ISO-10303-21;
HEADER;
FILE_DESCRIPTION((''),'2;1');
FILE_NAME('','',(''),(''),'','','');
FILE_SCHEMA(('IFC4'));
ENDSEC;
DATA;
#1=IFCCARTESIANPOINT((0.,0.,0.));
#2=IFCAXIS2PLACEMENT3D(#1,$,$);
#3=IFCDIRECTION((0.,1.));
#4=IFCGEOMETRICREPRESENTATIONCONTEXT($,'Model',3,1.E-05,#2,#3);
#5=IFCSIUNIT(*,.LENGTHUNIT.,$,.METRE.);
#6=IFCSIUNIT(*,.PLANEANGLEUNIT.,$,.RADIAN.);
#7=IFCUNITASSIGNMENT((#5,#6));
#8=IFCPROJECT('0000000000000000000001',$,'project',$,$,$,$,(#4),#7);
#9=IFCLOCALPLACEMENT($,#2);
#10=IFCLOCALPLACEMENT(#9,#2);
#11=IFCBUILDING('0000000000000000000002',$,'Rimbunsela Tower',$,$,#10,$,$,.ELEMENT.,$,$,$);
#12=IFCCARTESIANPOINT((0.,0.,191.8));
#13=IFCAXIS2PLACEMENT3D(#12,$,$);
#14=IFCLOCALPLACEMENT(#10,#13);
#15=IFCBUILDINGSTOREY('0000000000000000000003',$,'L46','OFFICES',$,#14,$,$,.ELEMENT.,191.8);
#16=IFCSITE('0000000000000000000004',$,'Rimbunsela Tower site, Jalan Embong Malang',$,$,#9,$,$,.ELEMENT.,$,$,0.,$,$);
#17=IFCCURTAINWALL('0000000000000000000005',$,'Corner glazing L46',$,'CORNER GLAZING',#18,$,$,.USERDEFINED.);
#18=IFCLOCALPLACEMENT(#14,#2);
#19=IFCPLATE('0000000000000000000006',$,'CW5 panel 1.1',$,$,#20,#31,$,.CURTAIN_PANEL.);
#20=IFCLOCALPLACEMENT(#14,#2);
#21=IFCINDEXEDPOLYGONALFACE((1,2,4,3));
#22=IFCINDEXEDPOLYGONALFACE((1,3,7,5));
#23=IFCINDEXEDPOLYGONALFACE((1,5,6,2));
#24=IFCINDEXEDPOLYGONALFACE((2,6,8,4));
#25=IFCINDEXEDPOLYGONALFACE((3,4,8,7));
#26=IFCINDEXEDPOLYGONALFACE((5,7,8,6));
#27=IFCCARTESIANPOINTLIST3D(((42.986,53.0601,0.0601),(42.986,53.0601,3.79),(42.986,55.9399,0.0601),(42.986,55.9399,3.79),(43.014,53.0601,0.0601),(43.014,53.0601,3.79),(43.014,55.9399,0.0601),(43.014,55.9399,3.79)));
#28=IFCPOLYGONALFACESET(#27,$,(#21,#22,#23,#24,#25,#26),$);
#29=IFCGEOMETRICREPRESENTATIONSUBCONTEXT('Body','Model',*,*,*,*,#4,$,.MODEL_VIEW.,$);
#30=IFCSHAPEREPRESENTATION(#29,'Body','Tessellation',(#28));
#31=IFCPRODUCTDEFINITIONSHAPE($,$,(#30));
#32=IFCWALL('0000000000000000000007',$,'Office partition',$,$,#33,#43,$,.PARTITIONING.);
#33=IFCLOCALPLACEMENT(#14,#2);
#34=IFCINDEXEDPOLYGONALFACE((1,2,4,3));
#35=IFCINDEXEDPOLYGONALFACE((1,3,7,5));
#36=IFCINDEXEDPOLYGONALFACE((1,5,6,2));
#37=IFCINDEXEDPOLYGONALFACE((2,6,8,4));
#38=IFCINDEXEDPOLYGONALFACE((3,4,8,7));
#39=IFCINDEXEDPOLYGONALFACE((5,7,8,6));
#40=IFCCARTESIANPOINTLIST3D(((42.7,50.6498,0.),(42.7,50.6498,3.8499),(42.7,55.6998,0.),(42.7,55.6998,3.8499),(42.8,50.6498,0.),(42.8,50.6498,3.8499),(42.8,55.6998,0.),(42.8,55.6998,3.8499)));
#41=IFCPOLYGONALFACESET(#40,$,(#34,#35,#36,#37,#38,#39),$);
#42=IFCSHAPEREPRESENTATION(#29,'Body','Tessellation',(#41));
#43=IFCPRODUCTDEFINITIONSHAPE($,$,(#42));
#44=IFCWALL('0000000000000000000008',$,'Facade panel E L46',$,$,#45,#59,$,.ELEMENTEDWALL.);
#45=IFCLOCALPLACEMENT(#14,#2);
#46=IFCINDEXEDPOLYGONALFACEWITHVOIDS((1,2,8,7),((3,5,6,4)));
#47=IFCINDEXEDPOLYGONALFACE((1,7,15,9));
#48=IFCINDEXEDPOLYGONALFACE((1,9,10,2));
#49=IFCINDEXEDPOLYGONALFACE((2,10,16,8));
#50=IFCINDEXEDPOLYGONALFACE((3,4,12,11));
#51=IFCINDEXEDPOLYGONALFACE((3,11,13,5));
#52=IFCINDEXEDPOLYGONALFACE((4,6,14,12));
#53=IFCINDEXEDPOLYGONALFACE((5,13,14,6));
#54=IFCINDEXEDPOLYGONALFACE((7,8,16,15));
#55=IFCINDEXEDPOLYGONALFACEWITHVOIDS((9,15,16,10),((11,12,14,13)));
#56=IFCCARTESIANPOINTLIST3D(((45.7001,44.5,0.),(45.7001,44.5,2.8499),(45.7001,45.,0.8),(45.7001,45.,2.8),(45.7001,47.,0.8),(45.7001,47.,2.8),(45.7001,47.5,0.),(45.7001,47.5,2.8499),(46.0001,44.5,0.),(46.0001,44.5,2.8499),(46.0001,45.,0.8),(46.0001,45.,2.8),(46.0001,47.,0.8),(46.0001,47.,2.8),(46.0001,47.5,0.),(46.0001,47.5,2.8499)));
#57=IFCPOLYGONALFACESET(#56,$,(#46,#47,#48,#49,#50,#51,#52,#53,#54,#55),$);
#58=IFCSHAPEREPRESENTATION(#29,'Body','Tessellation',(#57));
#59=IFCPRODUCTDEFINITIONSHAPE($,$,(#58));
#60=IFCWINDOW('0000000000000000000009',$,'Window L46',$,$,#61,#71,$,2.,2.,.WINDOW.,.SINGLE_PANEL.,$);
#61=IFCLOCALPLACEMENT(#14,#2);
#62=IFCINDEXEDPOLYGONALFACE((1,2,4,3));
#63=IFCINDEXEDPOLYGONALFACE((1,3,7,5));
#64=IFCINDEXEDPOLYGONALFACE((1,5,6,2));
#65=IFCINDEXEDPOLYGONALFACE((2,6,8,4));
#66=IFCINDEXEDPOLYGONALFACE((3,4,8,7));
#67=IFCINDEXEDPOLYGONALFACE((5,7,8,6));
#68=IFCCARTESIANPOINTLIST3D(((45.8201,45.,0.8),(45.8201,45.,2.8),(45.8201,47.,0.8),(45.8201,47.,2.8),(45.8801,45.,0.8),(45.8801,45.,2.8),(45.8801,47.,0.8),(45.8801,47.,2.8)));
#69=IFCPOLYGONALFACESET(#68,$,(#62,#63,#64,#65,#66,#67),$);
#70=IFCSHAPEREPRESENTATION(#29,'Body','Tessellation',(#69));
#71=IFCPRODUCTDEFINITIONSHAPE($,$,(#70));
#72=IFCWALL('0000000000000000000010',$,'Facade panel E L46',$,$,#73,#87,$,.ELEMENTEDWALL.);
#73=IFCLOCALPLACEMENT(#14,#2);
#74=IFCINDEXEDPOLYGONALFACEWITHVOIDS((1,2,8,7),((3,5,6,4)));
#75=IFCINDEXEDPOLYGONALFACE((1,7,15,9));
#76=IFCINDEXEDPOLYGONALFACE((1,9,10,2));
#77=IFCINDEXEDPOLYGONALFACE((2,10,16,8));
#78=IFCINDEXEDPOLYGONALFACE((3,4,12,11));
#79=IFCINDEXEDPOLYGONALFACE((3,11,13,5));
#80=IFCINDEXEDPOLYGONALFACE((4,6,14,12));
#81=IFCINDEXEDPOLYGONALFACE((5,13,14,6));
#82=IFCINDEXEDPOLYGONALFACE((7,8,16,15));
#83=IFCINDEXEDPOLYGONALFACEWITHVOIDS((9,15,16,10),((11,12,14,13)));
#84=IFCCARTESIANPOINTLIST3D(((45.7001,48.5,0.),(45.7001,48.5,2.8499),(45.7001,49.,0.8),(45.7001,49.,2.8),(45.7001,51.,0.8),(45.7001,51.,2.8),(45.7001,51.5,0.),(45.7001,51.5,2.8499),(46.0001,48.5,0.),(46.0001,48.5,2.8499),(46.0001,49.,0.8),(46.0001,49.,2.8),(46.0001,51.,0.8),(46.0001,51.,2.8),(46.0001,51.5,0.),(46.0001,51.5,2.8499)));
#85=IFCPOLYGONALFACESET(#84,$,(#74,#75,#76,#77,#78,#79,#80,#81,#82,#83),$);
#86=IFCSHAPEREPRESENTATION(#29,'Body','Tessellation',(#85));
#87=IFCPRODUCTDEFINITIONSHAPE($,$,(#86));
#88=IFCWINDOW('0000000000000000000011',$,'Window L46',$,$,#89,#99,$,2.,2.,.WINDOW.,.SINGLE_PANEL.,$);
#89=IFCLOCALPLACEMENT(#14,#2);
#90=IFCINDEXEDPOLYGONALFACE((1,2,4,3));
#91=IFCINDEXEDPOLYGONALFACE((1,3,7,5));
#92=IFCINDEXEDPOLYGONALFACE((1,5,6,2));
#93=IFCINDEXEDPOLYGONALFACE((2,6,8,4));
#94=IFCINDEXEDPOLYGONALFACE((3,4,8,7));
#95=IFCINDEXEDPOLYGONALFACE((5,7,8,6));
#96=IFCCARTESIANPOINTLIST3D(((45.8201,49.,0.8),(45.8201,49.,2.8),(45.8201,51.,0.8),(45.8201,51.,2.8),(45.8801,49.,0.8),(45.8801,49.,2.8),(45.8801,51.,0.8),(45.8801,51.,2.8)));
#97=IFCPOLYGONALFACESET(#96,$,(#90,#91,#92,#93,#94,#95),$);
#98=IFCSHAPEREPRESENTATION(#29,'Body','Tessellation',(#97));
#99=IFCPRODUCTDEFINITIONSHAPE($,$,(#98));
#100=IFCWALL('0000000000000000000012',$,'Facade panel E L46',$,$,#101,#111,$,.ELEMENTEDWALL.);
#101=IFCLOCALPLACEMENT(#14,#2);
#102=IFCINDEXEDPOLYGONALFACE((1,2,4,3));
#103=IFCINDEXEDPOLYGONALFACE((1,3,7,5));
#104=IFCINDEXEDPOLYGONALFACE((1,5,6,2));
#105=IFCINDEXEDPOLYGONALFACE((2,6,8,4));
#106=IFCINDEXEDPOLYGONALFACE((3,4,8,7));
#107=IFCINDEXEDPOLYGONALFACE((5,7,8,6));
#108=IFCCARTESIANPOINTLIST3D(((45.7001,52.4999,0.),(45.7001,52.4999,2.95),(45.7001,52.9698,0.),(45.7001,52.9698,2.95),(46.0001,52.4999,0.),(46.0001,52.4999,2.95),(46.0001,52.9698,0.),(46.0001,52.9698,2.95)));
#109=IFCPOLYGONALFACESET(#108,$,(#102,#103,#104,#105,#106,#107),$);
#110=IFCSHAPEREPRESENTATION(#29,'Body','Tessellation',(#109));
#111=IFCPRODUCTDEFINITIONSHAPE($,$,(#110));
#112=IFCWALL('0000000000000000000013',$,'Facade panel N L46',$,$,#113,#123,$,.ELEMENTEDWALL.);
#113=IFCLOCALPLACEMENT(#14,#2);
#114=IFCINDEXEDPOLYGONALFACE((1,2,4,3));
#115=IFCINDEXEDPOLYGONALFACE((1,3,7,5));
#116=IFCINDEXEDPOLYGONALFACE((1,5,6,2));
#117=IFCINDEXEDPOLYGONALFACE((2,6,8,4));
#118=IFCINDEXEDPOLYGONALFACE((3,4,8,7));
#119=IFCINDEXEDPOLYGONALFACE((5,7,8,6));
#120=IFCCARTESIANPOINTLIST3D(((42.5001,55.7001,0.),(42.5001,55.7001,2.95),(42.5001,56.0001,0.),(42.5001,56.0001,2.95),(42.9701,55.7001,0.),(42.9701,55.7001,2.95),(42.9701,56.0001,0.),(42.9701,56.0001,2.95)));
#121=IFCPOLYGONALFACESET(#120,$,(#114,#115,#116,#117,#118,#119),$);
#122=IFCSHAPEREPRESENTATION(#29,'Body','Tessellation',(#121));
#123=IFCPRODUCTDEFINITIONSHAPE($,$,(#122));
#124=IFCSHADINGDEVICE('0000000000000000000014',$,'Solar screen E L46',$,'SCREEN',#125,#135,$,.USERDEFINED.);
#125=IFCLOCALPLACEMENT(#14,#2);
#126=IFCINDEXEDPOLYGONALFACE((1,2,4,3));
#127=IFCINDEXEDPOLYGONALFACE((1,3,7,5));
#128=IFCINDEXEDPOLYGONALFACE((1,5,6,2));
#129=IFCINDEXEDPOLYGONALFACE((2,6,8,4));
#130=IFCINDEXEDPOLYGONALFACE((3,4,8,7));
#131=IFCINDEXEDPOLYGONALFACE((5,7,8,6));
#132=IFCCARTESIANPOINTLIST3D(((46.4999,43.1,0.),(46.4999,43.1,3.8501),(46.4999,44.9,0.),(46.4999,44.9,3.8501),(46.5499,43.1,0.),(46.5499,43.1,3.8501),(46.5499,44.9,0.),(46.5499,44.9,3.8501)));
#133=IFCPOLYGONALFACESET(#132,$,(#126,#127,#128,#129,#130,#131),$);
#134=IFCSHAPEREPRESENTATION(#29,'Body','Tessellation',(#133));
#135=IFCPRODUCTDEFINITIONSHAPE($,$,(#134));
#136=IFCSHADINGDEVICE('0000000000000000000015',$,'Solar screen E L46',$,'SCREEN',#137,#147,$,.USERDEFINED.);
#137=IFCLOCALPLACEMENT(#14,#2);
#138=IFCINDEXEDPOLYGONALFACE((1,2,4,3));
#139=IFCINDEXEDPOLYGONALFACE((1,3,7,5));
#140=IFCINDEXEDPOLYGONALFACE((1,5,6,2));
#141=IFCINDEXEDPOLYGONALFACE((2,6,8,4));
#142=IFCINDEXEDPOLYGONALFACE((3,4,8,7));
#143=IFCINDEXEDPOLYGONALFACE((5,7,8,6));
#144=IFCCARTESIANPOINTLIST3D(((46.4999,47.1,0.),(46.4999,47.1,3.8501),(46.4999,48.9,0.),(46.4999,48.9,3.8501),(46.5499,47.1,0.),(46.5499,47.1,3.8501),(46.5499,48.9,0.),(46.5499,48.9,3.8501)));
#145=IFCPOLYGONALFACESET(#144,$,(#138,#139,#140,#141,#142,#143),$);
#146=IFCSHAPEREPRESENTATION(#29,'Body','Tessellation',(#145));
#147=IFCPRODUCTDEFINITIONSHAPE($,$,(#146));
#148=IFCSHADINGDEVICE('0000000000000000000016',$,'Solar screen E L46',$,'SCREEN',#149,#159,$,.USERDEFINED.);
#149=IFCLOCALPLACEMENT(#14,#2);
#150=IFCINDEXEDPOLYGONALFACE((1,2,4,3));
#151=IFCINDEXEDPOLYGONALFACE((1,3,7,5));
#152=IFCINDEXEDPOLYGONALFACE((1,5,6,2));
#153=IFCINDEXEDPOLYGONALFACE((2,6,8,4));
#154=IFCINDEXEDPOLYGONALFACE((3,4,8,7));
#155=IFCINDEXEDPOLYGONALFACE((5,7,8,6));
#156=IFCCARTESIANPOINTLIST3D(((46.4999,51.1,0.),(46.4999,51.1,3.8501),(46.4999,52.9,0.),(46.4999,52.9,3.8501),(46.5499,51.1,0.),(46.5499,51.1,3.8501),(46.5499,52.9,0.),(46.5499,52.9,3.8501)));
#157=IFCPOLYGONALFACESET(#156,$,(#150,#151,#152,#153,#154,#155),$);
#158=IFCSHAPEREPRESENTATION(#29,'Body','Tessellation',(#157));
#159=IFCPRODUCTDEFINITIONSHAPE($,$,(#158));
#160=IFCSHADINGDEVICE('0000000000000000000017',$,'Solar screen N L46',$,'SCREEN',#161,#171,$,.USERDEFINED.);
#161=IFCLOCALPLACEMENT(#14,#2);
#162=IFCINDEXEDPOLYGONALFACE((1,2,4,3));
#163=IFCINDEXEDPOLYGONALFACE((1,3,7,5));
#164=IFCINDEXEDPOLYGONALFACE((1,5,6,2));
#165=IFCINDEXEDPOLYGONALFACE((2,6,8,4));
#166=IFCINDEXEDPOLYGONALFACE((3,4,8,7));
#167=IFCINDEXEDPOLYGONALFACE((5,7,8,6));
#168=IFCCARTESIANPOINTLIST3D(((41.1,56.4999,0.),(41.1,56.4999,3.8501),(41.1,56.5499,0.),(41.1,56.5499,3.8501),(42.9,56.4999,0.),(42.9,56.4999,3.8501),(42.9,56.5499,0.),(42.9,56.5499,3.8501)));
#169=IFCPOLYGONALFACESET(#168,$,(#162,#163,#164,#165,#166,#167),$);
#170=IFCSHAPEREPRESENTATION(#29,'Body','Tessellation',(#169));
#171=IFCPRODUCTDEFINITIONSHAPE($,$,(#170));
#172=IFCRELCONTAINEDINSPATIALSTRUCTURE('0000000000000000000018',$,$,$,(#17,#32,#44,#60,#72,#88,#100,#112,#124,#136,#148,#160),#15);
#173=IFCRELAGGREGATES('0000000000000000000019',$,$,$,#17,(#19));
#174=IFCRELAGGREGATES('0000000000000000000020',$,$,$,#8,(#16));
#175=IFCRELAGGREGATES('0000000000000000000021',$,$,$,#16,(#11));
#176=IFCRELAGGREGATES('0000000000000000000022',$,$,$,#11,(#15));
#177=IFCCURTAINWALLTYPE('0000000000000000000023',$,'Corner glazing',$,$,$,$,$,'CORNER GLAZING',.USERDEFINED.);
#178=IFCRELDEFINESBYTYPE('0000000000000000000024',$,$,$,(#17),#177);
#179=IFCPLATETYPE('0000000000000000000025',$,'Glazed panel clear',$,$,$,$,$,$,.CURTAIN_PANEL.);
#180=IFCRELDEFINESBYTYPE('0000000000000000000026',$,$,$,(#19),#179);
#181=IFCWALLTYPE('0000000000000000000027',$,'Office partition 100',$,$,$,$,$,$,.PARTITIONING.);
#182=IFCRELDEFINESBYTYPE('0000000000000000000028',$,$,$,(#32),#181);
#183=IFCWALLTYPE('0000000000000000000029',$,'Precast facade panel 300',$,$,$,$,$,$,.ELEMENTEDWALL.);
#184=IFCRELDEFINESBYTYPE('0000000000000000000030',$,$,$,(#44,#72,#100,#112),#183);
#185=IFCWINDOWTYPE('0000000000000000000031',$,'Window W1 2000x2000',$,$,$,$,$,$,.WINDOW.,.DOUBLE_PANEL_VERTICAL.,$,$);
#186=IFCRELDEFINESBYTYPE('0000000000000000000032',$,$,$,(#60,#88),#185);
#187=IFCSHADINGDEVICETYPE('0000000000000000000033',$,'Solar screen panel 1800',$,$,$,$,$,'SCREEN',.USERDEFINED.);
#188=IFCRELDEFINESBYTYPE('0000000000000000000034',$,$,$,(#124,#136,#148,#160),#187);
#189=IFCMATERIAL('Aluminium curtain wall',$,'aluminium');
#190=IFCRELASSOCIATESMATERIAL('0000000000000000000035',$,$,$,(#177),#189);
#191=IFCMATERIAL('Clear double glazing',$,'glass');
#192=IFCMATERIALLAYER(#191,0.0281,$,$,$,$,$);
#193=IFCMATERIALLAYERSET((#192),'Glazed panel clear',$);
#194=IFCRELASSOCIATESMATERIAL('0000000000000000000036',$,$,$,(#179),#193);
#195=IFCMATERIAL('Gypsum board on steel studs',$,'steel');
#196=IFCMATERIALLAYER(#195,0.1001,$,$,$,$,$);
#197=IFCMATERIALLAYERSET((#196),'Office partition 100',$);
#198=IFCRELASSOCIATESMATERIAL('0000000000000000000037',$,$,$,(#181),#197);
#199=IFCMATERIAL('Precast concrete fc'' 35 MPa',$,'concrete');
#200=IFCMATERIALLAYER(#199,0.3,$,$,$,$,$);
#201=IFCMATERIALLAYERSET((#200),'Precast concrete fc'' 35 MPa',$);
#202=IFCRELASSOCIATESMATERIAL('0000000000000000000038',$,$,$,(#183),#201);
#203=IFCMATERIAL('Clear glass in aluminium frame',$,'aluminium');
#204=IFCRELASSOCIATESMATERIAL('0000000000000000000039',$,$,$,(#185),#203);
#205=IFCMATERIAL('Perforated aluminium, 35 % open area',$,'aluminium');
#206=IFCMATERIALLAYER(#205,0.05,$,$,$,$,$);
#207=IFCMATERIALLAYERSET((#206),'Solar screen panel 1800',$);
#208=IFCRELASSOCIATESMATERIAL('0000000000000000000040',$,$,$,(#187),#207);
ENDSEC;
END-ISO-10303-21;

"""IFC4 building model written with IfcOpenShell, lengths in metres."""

from ifc_helpers import new_model, si_unit, direction, frame, frame_2d, origin, origin_2d, place, context, subcontext, project, spatial, rectangle, extrude, material, layer, layer_set, type_object, element, fill, aggregate, save


model = new_model("IFC4")

# Units and contexts
model_context = context("Model", 3, precision=1e-05, world=origin(), true_north=direction((0.0, 1.0)))
body_context = subcontext(model_context, "Body", "Model", "MODEL_VIEW")
ifc_project = project(units=[si_unit("LENGTHUNIT", "METRE"), si_unit("PLANEANGLEUNIT", "RADIAN")], contexts=[model_context])

# Site, building, storey
site_placement = place(None, origin())
site = spatial("IfcSite", under=ifc_project, at=site_placement, Name="Rimbunsela Tower site, Jalan Embong Malang", CompositionType="ELEMENT", RefElevation=0.0)
building_placement = place(site_placement, origin())
building = spatial("IfcBuilding", under=site, at=building_placement, Name="Rimbunsela Tower", CompositionType="ELEMENT")
storey_placement = place(building_placement, frame((0.0, 0.0, 191.8)))
storey = spatial("IfcBuildingStorey", under=building, at=storey_placement, Name="L46", Description="OFFICES", CompositionType="ELEMENT", Elevation=191.8)

# Curtain wall
ifc_material_1 = material(Name="Aluminium curtain wall", Category="aluminium")
curtain_wall_type = type_object("IfcCurtainWallType", Name="Corner glazing", ElementType="CORNER GLAZING", PredefinedType="USERDEFINED", material=ifc_material_1)
curtain_wall_1_placement = place(storey_placement, origin())
curtain_wall_1 = element("IfcCurtainWall", 1, at=curtain_wall_1_placement, inside=storey, type_object=curtain_wall_type, Name="Corner glazing L46", ObjectType="CORNER GLAZING", PredefinedType="USERDEFINED")

# Plate
ifc_material_2 = material(Name="Clear double glazing", Category="glass")
ifc_layer_1 = layer(ifc_material_2, 0.0281)
ifc_layer_set_1 = layer_set([ifc_layer_1], Name="Glazed panel clear")
plate_type = type_object("IfcPlateType", Name="Glazed panel clear", PredefinedType="CURTAIN_PANEL", material=ifc_layer_set_1)
plate_1_placement = place(storey_placement, frame((43.0, 54.5, 0.0601), z_axis=(0.0, 0.0, 1.0), x_axis=(0.0, 1.0, 0.0)))
plate_1 = element("IfcPlate", 2, at=plate_1_placement, type_object=plate_type, Name="CW5 panel 1.1", PredefinedType="CURTAIN_PANEL", context=body_context, shape_type="SweptSolid", body=[
    extrude(rectangle(XDim=2.8799, YDim=0.0281, at=origin_2d()), origin(), (0.0, 0.0, 1.0), 3.73),
])
aggregate(curtain_wall_1, [plate_1])

# Wall
ifc_material_3 = material(Name="Gypsum board on steel studs", Category="steel")
ifc_layer_2 = layer(ifc_material_3, 0.1001)
ifc_layer_set_2 = layer_set([ifc_layer_2], Name="Office partition 100")
wall_type_1 = type_object("IfcWallType", Name="Office partition 100", PredefinedType="PARTITIONING", material=ifc_layer_set_2)
wall_1_placement = place(storey_placement, frame((42.75, 50.6499, 0.0), z_axis=(0.0, 0.0, 1.0), x_axis=(0.0, 1.0, 0.0)))
element("IfcWall", 3, at=wall_1_placement, inside=storey, type_object=wall_type_1, Name="Office partition", PredefinedType="PARTITIONING", context=body_context, shape_type="SweptSolid", body=[
    extrude(rectangle(XDim=5.05, YDim=0.1001, at=frame_2d((2.5249, 0.0))), origin(), (0.0, 0.0, 1.0), 3.8499),
])

# Walls, openings, windows
ifc_material_4 = material(Name="Precast concrete fc' 35 MPa", Category="concrete")
ifc_layer_3 = layer(ifc_material_4, 0.3)
ifc_layer_set_3 = layer_set([ifc_layer_3], Name="Precast concrete fc' 35 MPa")
wall_type_2 = type_object("IfcWallType", Name="Precast facade panel 300", PredefinedType="ELEMENTEDWALL", material=ifc_layer_set_3)
wall_2_placement = place(storey_placement, frame((45.8501, 44.5, 0.0), z_axis=(0.0, 0.0, 1.0), x_axis=(0.0, 1.0, 0.0)))
wall_2 = element("IfcWall", 4, at=wall_2_placement, inside=storey, type_object=wall_type_2, Name="Facade panel E L46", PredefinedType="ELEMENTEDWALL", context=body_context, shape_type="SweptSolid", body=[
    extrude(rectangle(XDim=3.0, YDim=0.3, at=frame_2d((1.5, 0.0))), origin(), (0.0, 0.0, 1.0), 2.8499),
])
opening_1_placement = place(wall_2_placement, frame((0.5, 0.0, 0.8)))
opening_1 = element("IfcOpeningElement", 5, at=opening_1_placement, cuts=wall_2, PredefinedType="OPENING", context=body_context, shape_type="SweptSolid", body=[
    extrude(rectangle(XDim=2.0, YDim=2.0, at=frame_2d((1.0, 1.0))), frame((0.0, 0.1599, 0.0), z_axis=(0.0, -1.0, 0.0), x_axis=(1.0, 0.0, 0.0)), (0.0, 0.0, 1.0), 0.3201),
])
ifc_material_5 = material(Name="Clear glass in aluminium frame", Category="aluminium")
window_type = type_object("IfcWindowType", Name="Window W1 2000x2000", PartitioningType="DOUBLE_PANEL_VERTICAL", PredefinedType="WINDOW", material=ifc_material_5)
window_1_placement = place(opening_1_placement, origin())
window_1 = element("IfcWindow", 6, at=window_1_placement, inside=storey, type_object=window_type, Name="Window L46", OverallHeight=2.0, OverallWidth=2.0, PartitioningType="SINGLE_PANEL", PredefinedType="WINDOW", context=body_context, shape_type="SweptSolid", body=[
    extrude(rectangle(XDim=2.0, YDim=2.0, at=frame_2d((1.0, 1.0))), frame((0.0, 0.03, 0.0), z_axis=(0.0, -1.0, 0.0), x_axis=(1.0, 0.0, 0.0)), (0.0, 0.0, 1.0), 0.0601),
])
fill(opening_1, window_1)
wall_3_placement = place(storey_placement, frame((45.8501, 48.5, 0.0), z_axis=(0.0, 0.0, 1.0), x_axis=(0.0, 1.0, 0.0)))
wall_3 = element("IfcWall", 7, at=wall_3_placement, inside=storey, type_object=wall_type_2, Name="Facade panel E L46", PredefinedType="ELEMENTEDWALL", context=body_context, shape_type="SweptSolid", body=[
    extrude(rectangle(XDim=3.0, YDim=0.3, at=frame_2d((1.5, 0.0))), origin(), (0.0, 0.0, 1.0), 2.8499),
])
opening_2_placement = place(wall_3_placement, frame((0.5, 0.0, 0.8)))
opening_2 = element("IfcOpeningElement", 8, at=opening_2_placement, cuts=wall_3, PredefinedType="OPENING", context=body_context, shape_type="SweptSolid", body=[
    extrude(rectangle(XDim=2.0, YDim=2.0, at=frame_2d((1.0, 1.0))), frame((0.0, 0.1599, 0.0), z_axis=(0.0, -1.0, 0.0), x_axis=(1.0, 0.0, 0.0)), (0.0, 0.0, 1.0), 0.3201),
])
window_2_placement = place(opening_2_placement, origin())
window_2 = element("IfcWindow", 9, at=window_2_placement, inside=storey, type_object=window_type, Name="Window L46", OverallHeight=2.0, OverallWidth=2.0, PartitioningType="SINGLE_PANEL", PredefinedType="WINDOW", context=body_context, shape_type="SweptSolid", body=[
    extrude(rectangle(XDim=2.0, YDim=2.0, at=frame_2d((1.0, 1.0))), frame((0.0, 0.03, 0.0), z_axis=(0.0, -1.0, 0.0), x_axis=(1.0, 0.0, 0.0)), (0.0, 0.0, 1.0), 0.0601),
])
fill(opening_2, window_2)

# Walls
for number, where, z_axis, x_axis, name in (
    (10, (45.8501, 52.5, 0.0), (0.0, 0.0, 1.0), (0.0, 1.0, 0.0), "Facade panel E L46"),
    (11, (42.97, 55.8501, 0.0), (0.0, 0.0, 1.0), (-1.0, 0.0, 0.0), "Facade panel N L46"),
):
    element("IfcWall", number, at=place(storey_placement, frame(where, z_axis=z_axis, x_axis=x_axis)), inside=storey, type_object=wall_type_2, Name=name, PredefinedType="ELEMENTEDWALL", context=body_context, shape_type="SweptSolid", body=[
        extrude(rectangle(XDim=0.47, YDim=0.3, at=frame_2d((0.2349, 0.0))), origin(), (0.0, 0.0, 1.0), 2.95),
    ])

# Shading devices
ifc_material_6 = material(Name="Perforated aluminium, 35 % open area", Category="aluminium")
ifc_layer_4 = layer(ifc_material_6, 0.05)
ifc_layer_set_4 = layer_set([ifc_layer_4], Name="Solar screen panel 1800")
shading_device_type = type_object("IfcShadingDeviceType", Name="Solar screen panel 1800", ElementType="SCREEN", PredefinedType="USERDEFINED", material=ifc_layer_set_4)
for number, where, z_axis, x_axis, name in (
    (12, (46.5249, 44.0, 0.0), (0.0, 0.0, 1.0), (0.0, 1.0, 0.0), "Solar screen E L46"),
    (13, (46.5249, 48.0, 0.0), (0.0, 0.0, 1.0), (0.0, 1.0, 0.0), "Solar screen E L46"),
    (14, (46.5249, 52.0, 0.0), (0.0, 0.0, 1.0), (0.0, 1.0, 0.0), "Solar screen E L46"),
    (15, (42.0, 56.5249, 0.0), (0.0, 0.0, 1.0), (1.0, 0.0, 0.0), "Solar screen N L46"),
):
    element("IfcShadingDevice", number, at=place(storey_placement, frame(where, z_axis=z_axis, x_axis=x_axis)), inside=storey, type_object=shading_device_type, Name=name, ObjectType="SCREEN", PredefinedType="USERDEFINED", context=body_context, shape_type="SweptSolid", body=[
        extrude(rectangle(XDim=1.8, YDim=0.05, at=origin_2d()), origin(), (0.0, 0.0, 1.0), 3.8501),
    ])

save(model, "model.ifc")
